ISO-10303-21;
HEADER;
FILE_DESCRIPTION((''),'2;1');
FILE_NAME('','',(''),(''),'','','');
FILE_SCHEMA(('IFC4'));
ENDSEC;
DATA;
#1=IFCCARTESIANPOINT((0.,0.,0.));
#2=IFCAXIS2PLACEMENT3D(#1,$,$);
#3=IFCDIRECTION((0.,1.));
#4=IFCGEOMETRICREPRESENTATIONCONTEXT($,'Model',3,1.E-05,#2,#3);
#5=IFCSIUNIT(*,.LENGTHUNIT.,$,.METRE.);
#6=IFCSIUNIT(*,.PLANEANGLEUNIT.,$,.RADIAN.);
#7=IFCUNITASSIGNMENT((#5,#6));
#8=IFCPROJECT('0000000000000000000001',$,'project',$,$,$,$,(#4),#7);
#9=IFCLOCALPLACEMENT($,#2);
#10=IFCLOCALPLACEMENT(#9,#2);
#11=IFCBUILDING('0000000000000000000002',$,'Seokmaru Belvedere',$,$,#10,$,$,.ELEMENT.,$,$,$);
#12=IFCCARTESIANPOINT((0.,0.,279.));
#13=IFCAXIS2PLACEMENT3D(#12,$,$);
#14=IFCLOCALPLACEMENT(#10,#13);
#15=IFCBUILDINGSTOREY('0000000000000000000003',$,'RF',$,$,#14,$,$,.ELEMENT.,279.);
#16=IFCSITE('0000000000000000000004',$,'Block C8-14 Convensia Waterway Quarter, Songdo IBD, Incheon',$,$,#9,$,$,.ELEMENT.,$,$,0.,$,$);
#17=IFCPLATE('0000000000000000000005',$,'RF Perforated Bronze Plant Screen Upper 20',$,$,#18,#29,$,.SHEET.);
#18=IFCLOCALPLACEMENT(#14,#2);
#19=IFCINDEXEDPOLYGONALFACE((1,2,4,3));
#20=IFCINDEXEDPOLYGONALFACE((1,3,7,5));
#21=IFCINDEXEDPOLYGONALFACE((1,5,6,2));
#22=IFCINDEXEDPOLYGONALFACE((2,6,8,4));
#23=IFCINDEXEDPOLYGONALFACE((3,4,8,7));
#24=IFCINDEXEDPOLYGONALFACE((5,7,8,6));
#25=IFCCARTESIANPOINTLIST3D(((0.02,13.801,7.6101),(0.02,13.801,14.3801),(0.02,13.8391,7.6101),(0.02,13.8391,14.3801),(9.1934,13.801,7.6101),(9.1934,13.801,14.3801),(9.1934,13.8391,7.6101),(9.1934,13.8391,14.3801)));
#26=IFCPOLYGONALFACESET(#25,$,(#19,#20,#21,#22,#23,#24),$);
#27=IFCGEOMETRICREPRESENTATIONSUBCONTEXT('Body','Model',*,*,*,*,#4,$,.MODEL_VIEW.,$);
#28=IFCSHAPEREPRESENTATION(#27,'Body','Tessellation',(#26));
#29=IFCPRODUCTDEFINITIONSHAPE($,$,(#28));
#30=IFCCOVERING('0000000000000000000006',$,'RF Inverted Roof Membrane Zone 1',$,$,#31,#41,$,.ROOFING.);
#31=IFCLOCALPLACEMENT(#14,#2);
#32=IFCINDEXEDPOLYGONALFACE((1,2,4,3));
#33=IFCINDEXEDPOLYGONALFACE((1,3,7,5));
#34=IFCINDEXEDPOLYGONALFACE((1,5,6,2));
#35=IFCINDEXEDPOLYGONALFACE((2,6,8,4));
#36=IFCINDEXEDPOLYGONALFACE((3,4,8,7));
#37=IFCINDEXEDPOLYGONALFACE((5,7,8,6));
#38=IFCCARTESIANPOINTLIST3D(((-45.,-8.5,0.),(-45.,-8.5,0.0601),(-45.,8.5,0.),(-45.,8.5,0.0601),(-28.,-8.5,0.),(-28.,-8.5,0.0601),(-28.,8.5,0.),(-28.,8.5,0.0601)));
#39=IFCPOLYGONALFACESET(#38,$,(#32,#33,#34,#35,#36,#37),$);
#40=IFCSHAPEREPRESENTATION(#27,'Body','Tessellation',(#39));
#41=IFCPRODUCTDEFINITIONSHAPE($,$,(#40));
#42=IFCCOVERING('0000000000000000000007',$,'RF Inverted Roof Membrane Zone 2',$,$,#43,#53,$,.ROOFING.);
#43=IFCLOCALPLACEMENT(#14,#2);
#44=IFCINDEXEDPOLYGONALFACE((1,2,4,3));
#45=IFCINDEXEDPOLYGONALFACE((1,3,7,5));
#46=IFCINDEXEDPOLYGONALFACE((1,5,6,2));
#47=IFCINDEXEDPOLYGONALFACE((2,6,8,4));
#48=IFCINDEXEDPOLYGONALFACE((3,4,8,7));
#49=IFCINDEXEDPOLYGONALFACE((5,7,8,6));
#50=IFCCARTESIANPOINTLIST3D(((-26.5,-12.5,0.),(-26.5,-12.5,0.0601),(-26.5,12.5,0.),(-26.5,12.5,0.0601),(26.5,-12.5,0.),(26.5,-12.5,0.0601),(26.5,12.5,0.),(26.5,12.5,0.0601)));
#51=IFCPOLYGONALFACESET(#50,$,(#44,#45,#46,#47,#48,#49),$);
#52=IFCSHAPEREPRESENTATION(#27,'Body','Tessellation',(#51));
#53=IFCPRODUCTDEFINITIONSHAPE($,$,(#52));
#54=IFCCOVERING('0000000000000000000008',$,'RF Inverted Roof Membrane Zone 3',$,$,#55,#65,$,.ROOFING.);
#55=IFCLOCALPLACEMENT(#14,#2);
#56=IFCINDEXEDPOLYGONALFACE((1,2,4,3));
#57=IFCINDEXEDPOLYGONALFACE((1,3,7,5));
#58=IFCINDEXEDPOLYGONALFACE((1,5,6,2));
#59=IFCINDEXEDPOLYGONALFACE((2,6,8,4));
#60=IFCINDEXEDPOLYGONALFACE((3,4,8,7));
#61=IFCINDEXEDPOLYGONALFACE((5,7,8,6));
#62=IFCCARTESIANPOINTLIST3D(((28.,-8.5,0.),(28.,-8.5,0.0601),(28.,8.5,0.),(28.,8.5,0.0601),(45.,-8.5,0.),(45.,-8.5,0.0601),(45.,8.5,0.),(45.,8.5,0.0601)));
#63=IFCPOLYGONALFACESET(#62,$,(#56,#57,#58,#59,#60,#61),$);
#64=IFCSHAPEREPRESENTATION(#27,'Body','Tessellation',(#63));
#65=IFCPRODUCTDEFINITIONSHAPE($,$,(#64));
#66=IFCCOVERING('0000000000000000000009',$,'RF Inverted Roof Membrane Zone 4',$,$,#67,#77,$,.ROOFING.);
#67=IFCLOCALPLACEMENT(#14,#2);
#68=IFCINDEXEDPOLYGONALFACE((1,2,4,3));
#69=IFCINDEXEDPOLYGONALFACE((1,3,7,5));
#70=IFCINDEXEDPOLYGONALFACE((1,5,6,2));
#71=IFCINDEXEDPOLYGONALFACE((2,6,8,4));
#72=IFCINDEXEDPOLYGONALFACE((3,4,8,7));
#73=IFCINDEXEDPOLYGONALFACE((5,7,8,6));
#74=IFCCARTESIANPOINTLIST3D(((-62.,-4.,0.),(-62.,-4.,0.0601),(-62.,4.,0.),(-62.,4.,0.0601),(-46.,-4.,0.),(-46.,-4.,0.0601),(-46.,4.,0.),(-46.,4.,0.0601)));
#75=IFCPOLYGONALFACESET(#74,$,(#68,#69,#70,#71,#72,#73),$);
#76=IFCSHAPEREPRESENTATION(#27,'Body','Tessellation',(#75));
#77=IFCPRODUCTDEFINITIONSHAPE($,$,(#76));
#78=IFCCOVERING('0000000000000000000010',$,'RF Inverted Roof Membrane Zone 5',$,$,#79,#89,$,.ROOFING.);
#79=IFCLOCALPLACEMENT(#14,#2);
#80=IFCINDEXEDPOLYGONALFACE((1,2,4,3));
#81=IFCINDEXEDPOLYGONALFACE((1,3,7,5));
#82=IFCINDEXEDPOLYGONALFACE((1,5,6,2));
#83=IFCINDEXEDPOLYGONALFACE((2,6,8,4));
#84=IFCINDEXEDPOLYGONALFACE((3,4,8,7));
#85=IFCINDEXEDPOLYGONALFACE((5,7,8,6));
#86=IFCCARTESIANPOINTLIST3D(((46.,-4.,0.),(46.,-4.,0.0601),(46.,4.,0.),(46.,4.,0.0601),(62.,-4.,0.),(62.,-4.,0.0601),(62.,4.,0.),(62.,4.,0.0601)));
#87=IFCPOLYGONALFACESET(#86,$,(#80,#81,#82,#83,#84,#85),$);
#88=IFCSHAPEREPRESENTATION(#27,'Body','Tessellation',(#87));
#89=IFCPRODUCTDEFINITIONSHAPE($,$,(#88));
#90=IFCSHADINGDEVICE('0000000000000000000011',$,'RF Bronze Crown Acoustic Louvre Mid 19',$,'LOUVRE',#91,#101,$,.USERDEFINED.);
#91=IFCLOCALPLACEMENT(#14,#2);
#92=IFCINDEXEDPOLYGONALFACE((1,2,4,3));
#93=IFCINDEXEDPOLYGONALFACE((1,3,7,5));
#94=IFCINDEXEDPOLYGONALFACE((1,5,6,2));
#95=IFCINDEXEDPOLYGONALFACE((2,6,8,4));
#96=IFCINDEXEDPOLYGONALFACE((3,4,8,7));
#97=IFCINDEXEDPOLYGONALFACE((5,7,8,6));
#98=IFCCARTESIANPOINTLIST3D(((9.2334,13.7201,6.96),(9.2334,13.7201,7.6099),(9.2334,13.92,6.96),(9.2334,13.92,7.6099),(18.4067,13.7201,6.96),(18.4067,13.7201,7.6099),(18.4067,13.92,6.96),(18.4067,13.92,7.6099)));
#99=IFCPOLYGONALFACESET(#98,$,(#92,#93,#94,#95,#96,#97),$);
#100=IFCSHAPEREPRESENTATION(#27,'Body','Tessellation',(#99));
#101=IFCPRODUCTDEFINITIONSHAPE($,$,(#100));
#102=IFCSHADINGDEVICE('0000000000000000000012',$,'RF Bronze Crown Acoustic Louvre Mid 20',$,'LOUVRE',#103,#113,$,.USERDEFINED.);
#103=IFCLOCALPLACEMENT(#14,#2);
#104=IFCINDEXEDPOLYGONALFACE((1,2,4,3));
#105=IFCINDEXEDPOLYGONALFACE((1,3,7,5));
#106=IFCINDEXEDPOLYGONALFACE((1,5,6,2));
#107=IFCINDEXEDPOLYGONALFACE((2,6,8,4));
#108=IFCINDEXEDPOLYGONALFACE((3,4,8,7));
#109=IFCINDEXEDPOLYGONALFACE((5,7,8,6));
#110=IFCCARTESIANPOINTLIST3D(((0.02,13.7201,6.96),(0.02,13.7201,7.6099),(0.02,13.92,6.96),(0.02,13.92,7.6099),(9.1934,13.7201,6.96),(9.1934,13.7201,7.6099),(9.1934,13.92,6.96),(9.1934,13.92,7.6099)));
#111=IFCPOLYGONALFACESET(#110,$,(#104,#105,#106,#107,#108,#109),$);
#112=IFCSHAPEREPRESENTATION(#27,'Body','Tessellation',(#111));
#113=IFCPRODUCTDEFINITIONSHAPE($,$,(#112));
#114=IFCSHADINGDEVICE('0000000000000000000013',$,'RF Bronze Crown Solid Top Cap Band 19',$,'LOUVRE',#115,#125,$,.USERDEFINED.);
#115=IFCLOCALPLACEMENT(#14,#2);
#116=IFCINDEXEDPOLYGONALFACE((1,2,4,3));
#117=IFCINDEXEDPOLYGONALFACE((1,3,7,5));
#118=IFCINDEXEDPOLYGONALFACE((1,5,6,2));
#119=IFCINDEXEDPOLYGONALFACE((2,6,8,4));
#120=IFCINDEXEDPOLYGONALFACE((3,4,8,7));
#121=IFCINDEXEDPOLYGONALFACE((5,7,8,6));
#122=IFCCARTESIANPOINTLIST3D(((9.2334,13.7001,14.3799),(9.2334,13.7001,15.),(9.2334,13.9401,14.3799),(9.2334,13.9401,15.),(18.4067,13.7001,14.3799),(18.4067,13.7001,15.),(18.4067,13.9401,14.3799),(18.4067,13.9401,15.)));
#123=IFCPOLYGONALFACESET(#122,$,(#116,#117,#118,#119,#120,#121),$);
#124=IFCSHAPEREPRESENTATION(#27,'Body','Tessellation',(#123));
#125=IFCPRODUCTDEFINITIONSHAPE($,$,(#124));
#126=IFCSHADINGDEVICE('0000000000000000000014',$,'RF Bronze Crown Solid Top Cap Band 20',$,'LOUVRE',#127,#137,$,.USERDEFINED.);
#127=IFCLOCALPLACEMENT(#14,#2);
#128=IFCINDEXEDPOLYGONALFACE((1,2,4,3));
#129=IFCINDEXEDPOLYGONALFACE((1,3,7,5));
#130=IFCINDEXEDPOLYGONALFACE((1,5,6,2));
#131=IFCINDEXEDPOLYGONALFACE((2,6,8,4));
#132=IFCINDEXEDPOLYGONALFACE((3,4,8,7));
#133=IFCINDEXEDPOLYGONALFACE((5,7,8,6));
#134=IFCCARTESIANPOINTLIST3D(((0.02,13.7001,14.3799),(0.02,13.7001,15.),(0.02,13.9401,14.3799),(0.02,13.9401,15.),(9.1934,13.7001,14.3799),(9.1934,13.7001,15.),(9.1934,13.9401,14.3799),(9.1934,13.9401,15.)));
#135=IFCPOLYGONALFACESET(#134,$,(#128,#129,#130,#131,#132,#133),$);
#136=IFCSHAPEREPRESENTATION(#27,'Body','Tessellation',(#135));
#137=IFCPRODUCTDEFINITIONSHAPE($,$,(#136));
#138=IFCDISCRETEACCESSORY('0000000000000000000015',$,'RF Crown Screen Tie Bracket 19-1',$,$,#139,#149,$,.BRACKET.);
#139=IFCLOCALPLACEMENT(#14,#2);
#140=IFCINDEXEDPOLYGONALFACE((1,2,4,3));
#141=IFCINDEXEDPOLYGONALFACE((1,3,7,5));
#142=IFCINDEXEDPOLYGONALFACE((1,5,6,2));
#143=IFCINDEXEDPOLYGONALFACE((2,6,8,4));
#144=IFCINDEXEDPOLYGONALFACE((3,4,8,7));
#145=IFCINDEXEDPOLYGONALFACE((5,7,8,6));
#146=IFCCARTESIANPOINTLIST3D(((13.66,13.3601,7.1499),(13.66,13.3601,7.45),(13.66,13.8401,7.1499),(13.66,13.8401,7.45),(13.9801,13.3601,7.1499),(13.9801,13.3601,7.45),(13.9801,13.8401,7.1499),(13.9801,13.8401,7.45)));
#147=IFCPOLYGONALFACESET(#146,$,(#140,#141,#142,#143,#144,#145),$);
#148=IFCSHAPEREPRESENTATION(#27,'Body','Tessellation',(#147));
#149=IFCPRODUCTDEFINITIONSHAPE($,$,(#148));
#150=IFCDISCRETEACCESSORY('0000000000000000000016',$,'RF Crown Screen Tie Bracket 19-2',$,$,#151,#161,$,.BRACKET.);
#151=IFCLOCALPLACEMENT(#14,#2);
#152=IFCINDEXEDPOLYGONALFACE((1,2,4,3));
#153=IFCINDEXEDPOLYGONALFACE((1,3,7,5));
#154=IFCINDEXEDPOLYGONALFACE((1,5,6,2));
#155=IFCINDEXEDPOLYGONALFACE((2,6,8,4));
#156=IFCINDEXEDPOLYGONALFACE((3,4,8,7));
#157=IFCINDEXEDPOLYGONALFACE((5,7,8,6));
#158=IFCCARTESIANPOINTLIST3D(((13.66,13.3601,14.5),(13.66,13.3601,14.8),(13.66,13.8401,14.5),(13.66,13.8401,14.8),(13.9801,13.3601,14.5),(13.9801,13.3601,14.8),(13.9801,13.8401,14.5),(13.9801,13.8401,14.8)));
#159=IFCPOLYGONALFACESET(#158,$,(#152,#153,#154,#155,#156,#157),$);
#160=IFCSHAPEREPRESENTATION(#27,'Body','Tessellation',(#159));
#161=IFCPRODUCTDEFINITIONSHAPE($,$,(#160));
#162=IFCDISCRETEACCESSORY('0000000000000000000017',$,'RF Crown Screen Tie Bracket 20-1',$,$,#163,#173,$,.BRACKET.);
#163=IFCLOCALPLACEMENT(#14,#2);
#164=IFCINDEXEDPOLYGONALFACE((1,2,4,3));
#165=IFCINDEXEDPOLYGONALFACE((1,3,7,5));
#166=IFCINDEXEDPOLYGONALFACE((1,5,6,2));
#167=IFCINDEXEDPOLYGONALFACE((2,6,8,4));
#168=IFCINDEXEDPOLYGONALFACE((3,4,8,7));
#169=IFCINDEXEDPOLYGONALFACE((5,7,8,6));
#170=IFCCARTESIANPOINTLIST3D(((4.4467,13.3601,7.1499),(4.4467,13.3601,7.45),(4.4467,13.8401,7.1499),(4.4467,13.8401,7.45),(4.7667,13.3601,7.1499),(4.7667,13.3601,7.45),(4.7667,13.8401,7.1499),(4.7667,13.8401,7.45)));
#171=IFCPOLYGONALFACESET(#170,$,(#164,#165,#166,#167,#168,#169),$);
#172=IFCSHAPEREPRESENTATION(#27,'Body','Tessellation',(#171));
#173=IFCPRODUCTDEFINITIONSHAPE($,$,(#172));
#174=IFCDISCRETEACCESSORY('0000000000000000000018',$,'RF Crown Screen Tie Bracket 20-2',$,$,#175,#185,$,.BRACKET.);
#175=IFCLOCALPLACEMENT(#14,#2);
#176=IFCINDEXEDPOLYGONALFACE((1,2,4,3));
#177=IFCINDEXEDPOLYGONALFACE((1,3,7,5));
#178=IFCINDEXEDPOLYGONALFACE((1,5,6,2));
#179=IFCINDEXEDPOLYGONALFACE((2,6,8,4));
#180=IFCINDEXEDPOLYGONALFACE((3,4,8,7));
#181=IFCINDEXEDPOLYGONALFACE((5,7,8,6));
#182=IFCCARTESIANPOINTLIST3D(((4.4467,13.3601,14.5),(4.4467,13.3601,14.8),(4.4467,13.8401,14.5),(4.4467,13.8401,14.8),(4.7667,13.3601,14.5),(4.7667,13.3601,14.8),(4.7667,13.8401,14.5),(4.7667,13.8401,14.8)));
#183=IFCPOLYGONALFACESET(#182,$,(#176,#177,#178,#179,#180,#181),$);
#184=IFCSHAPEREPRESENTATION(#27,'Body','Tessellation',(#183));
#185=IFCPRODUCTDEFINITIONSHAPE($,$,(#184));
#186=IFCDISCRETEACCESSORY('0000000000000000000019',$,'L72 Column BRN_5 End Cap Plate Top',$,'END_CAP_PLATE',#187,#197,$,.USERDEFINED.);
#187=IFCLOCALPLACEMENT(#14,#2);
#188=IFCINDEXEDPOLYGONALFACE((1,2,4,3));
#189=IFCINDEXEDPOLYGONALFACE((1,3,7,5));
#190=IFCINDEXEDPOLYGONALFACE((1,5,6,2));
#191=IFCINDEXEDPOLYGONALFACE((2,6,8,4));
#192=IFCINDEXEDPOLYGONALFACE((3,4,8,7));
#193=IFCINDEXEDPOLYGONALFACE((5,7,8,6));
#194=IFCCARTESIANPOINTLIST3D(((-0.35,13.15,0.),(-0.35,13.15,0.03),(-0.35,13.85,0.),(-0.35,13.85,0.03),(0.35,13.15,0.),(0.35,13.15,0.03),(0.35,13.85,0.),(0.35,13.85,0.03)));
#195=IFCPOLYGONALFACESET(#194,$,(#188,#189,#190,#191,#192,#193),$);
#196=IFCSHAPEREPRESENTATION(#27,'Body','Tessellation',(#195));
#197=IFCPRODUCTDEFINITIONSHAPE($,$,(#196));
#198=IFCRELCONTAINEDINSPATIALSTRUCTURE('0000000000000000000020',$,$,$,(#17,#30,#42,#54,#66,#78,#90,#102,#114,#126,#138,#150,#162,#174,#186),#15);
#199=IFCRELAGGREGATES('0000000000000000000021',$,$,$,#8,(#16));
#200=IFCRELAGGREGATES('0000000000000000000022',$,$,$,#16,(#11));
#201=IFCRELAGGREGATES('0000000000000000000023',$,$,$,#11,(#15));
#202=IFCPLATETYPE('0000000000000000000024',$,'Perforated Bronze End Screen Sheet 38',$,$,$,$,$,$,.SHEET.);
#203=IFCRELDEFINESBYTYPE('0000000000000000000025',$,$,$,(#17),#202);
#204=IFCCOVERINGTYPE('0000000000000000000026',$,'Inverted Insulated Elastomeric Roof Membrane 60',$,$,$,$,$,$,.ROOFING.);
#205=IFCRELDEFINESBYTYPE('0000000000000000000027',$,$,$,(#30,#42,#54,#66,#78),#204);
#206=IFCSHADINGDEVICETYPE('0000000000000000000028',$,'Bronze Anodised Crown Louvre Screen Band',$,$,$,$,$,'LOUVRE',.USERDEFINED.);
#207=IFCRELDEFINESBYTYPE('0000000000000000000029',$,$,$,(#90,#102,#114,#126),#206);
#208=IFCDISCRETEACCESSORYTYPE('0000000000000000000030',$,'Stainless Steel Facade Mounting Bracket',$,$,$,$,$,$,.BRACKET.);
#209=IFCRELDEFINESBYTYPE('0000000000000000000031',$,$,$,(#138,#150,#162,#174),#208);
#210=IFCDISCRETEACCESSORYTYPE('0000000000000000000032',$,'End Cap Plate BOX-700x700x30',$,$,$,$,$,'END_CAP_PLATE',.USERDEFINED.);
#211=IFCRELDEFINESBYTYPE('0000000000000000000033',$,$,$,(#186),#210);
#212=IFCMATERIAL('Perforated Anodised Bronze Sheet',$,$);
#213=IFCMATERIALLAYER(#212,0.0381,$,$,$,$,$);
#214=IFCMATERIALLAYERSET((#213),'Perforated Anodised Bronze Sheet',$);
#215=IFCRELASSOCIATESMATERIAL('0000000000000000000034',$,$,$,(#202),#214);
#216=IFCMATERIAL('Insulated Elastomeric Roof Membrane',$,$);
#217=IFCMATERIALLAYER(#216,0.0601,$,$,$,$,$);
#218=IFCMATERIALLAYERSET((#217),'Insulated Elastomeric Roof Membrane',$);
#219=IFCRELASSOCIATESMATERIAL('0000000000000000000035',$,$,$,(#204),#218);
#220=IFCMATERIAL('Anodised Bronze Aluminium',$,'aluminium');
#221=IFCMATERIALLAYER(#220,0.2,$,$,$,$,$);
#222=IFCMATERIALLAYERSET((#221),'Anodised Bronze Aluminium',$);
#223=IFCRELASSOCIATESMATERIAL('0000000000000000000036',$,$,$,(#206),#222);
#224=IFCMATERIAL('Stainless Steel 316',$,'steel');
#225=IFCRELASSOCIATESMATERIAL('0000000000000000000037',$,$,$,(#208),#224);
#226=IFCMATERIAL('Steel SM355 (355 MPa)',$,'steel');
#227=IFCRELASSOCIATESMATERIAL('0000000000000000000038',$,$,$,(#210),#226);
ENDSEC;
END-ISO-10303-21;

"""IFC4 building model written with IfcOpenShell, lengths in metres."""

from ifc_helpers import new_model, si_unit, direction, frame, origin, origin_2d, place, context, subcontext, project, spatial, polyline, rectangle, outline, extrude, source, transform, mapped, material, layer, layer_set, type_object, type_shapes, element, save


model = new_model("IFC4")

# Units and contexts
model_context = context("Model", 3, precision=1e-05, world=origin(), true_north=direction((0.0, 1.0)))
body_context = subcontext(model_context, "Body", "Model", "MODEL_VIEW")
ifc_project = project(units=[si_unit("LENGTHUNIT", "METRE"), si_unit("PLANEANGLEUNIT", "RADIAN")], contexts=[model_context])

# Site, building, storey
site_placement = place(None, origin())
site = spatial("IfcSite", under=ifc_project, at=site_placement, Name="Block C8-14 Convensia Waterway Quarter, Songdo IBD, Incheon", CompositionType="ELEMENT", RefElevation=0.0)
building_placement = place(site_placement, origin())
building = spatial("IfcBuilding", under=site, at=building_placement, Name="Seokmaru Belvedere", CompositionType="ELEMENT")
storey_placement = place(building_placement, frame((0.0, 0.0, 279.0)))
storey = spatial("IfcBuildingStorey", under=building, at=storey_placement, Name="RF", CompositionType="ELEMENT", Elevation=279.0)

# Shared definitions
ifc_material_1 = material(Name="Steel SM355 (355 MPa)", Category="steel")

# Plate
ifc_material_2 = material(Name="Perforated Anodised Bronze Sheet")
ifc_layer_1 = layer(ifc_material_2, 0.0381)
ifc_layer_set_1 = layer_set([ifc_layer_1], Name="Perforated Anodised Bronze Sheet")
plate_type_1 = type_object("IfcPlateType", Name="Perforated Bronze End Screen Sheet 38", PredefinedType="SHEET", material=ifc_layer_set_1)
shared_shape_1 = source(origin(), body_context, "Body", "SweptSolid", [
    extrude(rectangle(XDim=9.1733, YDim=0.0381, at=origin_2d()), origin(), (0.0, 0.0, 1.0), 6.77),
])
type_shapes(plate_type_1, [shared_shape_1])
for number, where, z_axis, x_axis, name in (
    (1, (4.6067, 13.8201, 7.6101), (0.0, 0.0, 1.0), (-1.0, 0.0, 0.0), "RF Perforated Bronze Plant Screen Upper 20"),
):
    element("IfcPlate", number, at=place(storey_placement, frame(where, z_axis=z_axis, x_axis=x_axis)), inside=storey, type_object=plate_type_1, Name=name, PredefinedType="SHEET", context=body_context, shape_type="MappedRepresentation", body=[
        mapped(shared_shape_1, transform((0.0, 0.0, 0.0), scale=1.0)),
    ])

# Coverings
ifc_material_3 = material(Name="Insulated Elastomeric Roof Membrane")
ifc_layer_2 = layer(ifc_material_3, 0.0601)
ifc_layer_set_2 = layer_set([ifc_layer_2], Name="Insulated Elastomeric Roof Membrane")
covering_type = type_object("IfcCoveringType", Name="Inverted Insulated Elastomeric Roof Membrane 60", PredefinedType="ROOFING", material=ifc_layer_set_2)
covering_1_placement = place(storey_placement, origin())
element("IfcCovering", 2, at=covering_1_placement, inside=storey, type_object=covering_type, Name="RF Inverted Roof Membrane Zone 1", PredefinedType="ROOFING", context=body_context, shape_type="SweptSolid", body=[
    extrude(outline(polyline([(-45.0, -8.5), (-28.0, -8.5), (-28.0, 8.5), (-45.0, 8.5), (-45.0, -8.5)])), origin(), (0.0, 0.0, 1.0), 0.0601),
])
covering_2_placement = place(storey_placement, origin())
element("IfcCovering", 3, at=covering_2_placement, inside=storey, type_object=covering_type, Name="RF Inverted Roof Membrane Zone 2", PredefinedType="ROOFING", context=body_context, shape_type="SweptSolid", body=[
    extrude(outline(polyline([(-26.5, -12.5), (26.5, -12.5), (26.5, 12.5), (-26.5, 12.5), (-26.5, -12.5)])), origin(), (0.0, 0.0, 1.0), 0.0601),
])
covering_3_placement = place(storey_placement, origin())
element("IfcCovering", 4, at=covering_3_placement, inside=storey, type_object=covering_type, Name="RF Inverted Roof Membrane Zone 3", PredefinedType="ROOFING", context=body_context, shape_type="SweptSolid", body=[
    extrude(outline(polyline([(28.0, -8.5), (45.0, -8.5), (45.0, 8.5), (28.0, 8.5), (28.0, -8.5)])), origin(), (0.0, 0.0, 1.0), 0.0601),
])
covering_4_placement = place(storey_placement, origin())
element("IfcCovering", 5, at=covering_4_placement, inside=storey, type_object=covering_type, Name="RF Inverted Roof Membrane Zone 4", PredefinedType="ROOFING", context=body_context, shape_type="SweptSolid", body=[
    extrude(outline(polyline([(-62.0, -4.0), (-46.0, -4.0), (-46.0, 4.0), (-62.0, 4.0), (-62.0, -4.0)])), origin(), (0.0, 0.0, 1.0), 0.0601),
])
covering_5_placement = place(storey_placement, origin())
element("IfcCovering", 6, at=covering_5_placement, inside=storey, type_object=covering_type, Name="RF Inverted Roof Membrane Zone 5", PredefinedType="ROOFING", context=body_context, shape_type="SweptSolid", body=[
    extrude(outline(polyline([(46.0, -4.0), (62.0, -4.0), (62.0, 4.0), (46.0, 4.0), (46.0, -4.0)])), origin(), (0.0, 0.0, 1.0), 0.0601),
])

# Shading devices
ifc_material_4 = material(Name="Anodised Bronze Aluminium", Category="aluminium")
ifc_layer_3 = layer(ifc_material_4, 0.2)
ifc_layer_set_3 = layer_set([ifc_layer_3], Name="Anodised Bronze Aluminium")
shading_device_type = type_object("IfcShadingDeviceType", Name="Bronze Anodised Crown Louvre Screen Band", ElementType="LOUVRE", PredefinedType="USERDEFINED", material=ifc_layer_set_3)
shared_shape_2 = source(origin(), body_context, "Body", "SweptSolid", [
    extrude(rectangle(XDim=9.1733, YDim=0.2, at=origin_2d()), origin(), (0.0, 0.0, 1.0), 0.6499),
])
for number, where, z_axis, x_axis, name in (
    (7, (13.8201, 13.8201, 6.96), (0.0, 0.0, 1.0), (-1.0, 0.0, 0.0), "RF Bronze Crown Acoustic Louvre Mid 19"),
    (8, (4.6067, 13.8201, 6.96), (0.0, 0.0, 1.0), (-1.0, 0.0, 0.0), "RF Bronze Crown Acoustic Louvre Mid 20"),
):
    element("IfcShadingDevice", number, at=place(storey_placement, frame(where, z_axis=z_axis, x_axis=x_axis)), inside=storey, type_object=shading_device_type, Name=name, ObjectType="LOUVRE", PredefinedType="USERDEFINED", context=body_context, shape_type="MappedRepresentation", body=[
        mapped(shared_shape_2, transform((0.0, 0.0, 0.0), scale=1.0)),
    ])
shared_shape_3 = source(origin(), body_context, "Body", "SweptSolid", [
    extrude(rectangle(XDim=9.1733, YDim=0.24, at=origin_2d()), origin(), (0.0, 0.0, 1.0), 0.6201),
])
type_shapes(shading_device_type, [shared_shape_2, shared_shape_3])
for number, where, z_axis, x_axis, name in (
    (9, (13.8201, 13.8201, 14.3799), (0.0, 0.0, 1.0), (-1.0, 0.0, 0.0), "RF Bronze Crown Solid Top Cap Band 19"),
    (10, (4.6067, 13.8201, 14.3799), (0.0, 0.0, 1.0), (-1.0, 0.0, 0.0), "RF Bronze Crown Solid Top Cap Band 20"),
):
    element("IfcShadingDevice", number, at=place(storey_placement, frame(where, z_axis=z_axis, x_axis=x_axis)), inside=storey, type_object=shading_device_type, Name=name, ObjectType="LOUVRE", PredefinedType="USERDEFINED", context=body_context, shape_type="MappedRepresentation", body=[
        mapped(shared_shape_3, transform((0.0, 0.0, 0.0), scale=1.0)),
    ])

# Discrete accessories
ifc_material_5 = material(Name="Stainless Steel 316", Category="steel")
discrete_accessory_type_1 = type_object("IfcDiscreteAccessoryType", Name="Stainless Steel Facade Mounting Bracket", PredefinedType="BRACKET", material=ifc_material_5)
shared_shape_4 = source(origin(), body_context, "Body", "SweptSolid", [
    extrude(rectangle(XDim=0.3201, YDim=0.48, at=origin_2d()), origin(), (0.0, 0.0, 1.0), 0.3),
])
type_shapes(discrete_accessory_type_1, [shared_shape_4])
for number, where, z_axis, x_axis, name in (
    (11, (13.8201, 13.6001, 7.1499), (0.0, 0.0, 1.0), (-1.0, 0.0, 0.0), "RF Crown Screen Tie Bracket 19-1"),
    (12, (13.8201, 13.6001, 14.5), (0.0, 0.0, 1.0), (-1.0, 0.0, 0.0), "RF Crown Screen Tie Bracket 19-2"),
    (13, (4.6067, 13.6001, 7.1499), (0.0, 0.0, 1.0), (-1.0, 0.0, 0.0), "RF Crown Screen Tie Bracket 20-1"),
    (14, (4.6067, 13.6001, 14.5), (0.0, 0.0, 1.0), (-1.0, 0.0, 0.0), "RF Crown Screen Tie Bracket 20-2"),
):
    element("IfcDiscreteAccessory", number, at=place(storey_placement, frame(where, z_axis=z_axis, x_axis=x_axis)), inside=storey, type_object=discrete_accessory_type_1, Name=name, PredefinedType="BRACKET", context=body_context, shape_type="MappedRepresentation", body=[
        mapped(shared_shape_4, transform((0.0, 0.0, 0.0), scale=1.0)),
    ])
discrete_accessory_type_2 = type_object("IfcDiscreteAccessoryType", Name="End Cap Plate BOX-700x700x30", ElementType="END_CAP_PLATE", PredefinedType="USERDEFINED", material=ifc_material_1)
shared_shape_5 = source(origin(), body_context, "Body", "SweptSolid", [
    extrude(rectangle(XDim=0.7, YDim=0.7, at=origin_2d()), origin(), (0.0, 0.0, 1.0), 0.03),
])
type_shapes(discrete_accessory_type_2, [shared_shape_5])
for number, where, z_axis, x_axis, name in (
    (15, (0.0, 13.5, 0.0), (0.0, 0.0, 1.0), (1.0, 0.0, 0.0), "L72 Column BRN_5 End Cap Plate Top"),
):
    element("IfcDiscreteAccessory", number, at=place(storey_placement, frame(where, z_axis=z_axis, x_axis=x_axis)), inside=storey, type_object=discrete_accessory_type_2, Name=name, ObjectType="END_CAP_PLATE", PredefinedType="USERDEFINED", context=body_context, shape_type="MappedRepresentation", body=[
        mapped(shared_shape_5, transform((0.0, 0.0, 0.0), scale=1.0)),
    ])

save(model, "model.ifc")
